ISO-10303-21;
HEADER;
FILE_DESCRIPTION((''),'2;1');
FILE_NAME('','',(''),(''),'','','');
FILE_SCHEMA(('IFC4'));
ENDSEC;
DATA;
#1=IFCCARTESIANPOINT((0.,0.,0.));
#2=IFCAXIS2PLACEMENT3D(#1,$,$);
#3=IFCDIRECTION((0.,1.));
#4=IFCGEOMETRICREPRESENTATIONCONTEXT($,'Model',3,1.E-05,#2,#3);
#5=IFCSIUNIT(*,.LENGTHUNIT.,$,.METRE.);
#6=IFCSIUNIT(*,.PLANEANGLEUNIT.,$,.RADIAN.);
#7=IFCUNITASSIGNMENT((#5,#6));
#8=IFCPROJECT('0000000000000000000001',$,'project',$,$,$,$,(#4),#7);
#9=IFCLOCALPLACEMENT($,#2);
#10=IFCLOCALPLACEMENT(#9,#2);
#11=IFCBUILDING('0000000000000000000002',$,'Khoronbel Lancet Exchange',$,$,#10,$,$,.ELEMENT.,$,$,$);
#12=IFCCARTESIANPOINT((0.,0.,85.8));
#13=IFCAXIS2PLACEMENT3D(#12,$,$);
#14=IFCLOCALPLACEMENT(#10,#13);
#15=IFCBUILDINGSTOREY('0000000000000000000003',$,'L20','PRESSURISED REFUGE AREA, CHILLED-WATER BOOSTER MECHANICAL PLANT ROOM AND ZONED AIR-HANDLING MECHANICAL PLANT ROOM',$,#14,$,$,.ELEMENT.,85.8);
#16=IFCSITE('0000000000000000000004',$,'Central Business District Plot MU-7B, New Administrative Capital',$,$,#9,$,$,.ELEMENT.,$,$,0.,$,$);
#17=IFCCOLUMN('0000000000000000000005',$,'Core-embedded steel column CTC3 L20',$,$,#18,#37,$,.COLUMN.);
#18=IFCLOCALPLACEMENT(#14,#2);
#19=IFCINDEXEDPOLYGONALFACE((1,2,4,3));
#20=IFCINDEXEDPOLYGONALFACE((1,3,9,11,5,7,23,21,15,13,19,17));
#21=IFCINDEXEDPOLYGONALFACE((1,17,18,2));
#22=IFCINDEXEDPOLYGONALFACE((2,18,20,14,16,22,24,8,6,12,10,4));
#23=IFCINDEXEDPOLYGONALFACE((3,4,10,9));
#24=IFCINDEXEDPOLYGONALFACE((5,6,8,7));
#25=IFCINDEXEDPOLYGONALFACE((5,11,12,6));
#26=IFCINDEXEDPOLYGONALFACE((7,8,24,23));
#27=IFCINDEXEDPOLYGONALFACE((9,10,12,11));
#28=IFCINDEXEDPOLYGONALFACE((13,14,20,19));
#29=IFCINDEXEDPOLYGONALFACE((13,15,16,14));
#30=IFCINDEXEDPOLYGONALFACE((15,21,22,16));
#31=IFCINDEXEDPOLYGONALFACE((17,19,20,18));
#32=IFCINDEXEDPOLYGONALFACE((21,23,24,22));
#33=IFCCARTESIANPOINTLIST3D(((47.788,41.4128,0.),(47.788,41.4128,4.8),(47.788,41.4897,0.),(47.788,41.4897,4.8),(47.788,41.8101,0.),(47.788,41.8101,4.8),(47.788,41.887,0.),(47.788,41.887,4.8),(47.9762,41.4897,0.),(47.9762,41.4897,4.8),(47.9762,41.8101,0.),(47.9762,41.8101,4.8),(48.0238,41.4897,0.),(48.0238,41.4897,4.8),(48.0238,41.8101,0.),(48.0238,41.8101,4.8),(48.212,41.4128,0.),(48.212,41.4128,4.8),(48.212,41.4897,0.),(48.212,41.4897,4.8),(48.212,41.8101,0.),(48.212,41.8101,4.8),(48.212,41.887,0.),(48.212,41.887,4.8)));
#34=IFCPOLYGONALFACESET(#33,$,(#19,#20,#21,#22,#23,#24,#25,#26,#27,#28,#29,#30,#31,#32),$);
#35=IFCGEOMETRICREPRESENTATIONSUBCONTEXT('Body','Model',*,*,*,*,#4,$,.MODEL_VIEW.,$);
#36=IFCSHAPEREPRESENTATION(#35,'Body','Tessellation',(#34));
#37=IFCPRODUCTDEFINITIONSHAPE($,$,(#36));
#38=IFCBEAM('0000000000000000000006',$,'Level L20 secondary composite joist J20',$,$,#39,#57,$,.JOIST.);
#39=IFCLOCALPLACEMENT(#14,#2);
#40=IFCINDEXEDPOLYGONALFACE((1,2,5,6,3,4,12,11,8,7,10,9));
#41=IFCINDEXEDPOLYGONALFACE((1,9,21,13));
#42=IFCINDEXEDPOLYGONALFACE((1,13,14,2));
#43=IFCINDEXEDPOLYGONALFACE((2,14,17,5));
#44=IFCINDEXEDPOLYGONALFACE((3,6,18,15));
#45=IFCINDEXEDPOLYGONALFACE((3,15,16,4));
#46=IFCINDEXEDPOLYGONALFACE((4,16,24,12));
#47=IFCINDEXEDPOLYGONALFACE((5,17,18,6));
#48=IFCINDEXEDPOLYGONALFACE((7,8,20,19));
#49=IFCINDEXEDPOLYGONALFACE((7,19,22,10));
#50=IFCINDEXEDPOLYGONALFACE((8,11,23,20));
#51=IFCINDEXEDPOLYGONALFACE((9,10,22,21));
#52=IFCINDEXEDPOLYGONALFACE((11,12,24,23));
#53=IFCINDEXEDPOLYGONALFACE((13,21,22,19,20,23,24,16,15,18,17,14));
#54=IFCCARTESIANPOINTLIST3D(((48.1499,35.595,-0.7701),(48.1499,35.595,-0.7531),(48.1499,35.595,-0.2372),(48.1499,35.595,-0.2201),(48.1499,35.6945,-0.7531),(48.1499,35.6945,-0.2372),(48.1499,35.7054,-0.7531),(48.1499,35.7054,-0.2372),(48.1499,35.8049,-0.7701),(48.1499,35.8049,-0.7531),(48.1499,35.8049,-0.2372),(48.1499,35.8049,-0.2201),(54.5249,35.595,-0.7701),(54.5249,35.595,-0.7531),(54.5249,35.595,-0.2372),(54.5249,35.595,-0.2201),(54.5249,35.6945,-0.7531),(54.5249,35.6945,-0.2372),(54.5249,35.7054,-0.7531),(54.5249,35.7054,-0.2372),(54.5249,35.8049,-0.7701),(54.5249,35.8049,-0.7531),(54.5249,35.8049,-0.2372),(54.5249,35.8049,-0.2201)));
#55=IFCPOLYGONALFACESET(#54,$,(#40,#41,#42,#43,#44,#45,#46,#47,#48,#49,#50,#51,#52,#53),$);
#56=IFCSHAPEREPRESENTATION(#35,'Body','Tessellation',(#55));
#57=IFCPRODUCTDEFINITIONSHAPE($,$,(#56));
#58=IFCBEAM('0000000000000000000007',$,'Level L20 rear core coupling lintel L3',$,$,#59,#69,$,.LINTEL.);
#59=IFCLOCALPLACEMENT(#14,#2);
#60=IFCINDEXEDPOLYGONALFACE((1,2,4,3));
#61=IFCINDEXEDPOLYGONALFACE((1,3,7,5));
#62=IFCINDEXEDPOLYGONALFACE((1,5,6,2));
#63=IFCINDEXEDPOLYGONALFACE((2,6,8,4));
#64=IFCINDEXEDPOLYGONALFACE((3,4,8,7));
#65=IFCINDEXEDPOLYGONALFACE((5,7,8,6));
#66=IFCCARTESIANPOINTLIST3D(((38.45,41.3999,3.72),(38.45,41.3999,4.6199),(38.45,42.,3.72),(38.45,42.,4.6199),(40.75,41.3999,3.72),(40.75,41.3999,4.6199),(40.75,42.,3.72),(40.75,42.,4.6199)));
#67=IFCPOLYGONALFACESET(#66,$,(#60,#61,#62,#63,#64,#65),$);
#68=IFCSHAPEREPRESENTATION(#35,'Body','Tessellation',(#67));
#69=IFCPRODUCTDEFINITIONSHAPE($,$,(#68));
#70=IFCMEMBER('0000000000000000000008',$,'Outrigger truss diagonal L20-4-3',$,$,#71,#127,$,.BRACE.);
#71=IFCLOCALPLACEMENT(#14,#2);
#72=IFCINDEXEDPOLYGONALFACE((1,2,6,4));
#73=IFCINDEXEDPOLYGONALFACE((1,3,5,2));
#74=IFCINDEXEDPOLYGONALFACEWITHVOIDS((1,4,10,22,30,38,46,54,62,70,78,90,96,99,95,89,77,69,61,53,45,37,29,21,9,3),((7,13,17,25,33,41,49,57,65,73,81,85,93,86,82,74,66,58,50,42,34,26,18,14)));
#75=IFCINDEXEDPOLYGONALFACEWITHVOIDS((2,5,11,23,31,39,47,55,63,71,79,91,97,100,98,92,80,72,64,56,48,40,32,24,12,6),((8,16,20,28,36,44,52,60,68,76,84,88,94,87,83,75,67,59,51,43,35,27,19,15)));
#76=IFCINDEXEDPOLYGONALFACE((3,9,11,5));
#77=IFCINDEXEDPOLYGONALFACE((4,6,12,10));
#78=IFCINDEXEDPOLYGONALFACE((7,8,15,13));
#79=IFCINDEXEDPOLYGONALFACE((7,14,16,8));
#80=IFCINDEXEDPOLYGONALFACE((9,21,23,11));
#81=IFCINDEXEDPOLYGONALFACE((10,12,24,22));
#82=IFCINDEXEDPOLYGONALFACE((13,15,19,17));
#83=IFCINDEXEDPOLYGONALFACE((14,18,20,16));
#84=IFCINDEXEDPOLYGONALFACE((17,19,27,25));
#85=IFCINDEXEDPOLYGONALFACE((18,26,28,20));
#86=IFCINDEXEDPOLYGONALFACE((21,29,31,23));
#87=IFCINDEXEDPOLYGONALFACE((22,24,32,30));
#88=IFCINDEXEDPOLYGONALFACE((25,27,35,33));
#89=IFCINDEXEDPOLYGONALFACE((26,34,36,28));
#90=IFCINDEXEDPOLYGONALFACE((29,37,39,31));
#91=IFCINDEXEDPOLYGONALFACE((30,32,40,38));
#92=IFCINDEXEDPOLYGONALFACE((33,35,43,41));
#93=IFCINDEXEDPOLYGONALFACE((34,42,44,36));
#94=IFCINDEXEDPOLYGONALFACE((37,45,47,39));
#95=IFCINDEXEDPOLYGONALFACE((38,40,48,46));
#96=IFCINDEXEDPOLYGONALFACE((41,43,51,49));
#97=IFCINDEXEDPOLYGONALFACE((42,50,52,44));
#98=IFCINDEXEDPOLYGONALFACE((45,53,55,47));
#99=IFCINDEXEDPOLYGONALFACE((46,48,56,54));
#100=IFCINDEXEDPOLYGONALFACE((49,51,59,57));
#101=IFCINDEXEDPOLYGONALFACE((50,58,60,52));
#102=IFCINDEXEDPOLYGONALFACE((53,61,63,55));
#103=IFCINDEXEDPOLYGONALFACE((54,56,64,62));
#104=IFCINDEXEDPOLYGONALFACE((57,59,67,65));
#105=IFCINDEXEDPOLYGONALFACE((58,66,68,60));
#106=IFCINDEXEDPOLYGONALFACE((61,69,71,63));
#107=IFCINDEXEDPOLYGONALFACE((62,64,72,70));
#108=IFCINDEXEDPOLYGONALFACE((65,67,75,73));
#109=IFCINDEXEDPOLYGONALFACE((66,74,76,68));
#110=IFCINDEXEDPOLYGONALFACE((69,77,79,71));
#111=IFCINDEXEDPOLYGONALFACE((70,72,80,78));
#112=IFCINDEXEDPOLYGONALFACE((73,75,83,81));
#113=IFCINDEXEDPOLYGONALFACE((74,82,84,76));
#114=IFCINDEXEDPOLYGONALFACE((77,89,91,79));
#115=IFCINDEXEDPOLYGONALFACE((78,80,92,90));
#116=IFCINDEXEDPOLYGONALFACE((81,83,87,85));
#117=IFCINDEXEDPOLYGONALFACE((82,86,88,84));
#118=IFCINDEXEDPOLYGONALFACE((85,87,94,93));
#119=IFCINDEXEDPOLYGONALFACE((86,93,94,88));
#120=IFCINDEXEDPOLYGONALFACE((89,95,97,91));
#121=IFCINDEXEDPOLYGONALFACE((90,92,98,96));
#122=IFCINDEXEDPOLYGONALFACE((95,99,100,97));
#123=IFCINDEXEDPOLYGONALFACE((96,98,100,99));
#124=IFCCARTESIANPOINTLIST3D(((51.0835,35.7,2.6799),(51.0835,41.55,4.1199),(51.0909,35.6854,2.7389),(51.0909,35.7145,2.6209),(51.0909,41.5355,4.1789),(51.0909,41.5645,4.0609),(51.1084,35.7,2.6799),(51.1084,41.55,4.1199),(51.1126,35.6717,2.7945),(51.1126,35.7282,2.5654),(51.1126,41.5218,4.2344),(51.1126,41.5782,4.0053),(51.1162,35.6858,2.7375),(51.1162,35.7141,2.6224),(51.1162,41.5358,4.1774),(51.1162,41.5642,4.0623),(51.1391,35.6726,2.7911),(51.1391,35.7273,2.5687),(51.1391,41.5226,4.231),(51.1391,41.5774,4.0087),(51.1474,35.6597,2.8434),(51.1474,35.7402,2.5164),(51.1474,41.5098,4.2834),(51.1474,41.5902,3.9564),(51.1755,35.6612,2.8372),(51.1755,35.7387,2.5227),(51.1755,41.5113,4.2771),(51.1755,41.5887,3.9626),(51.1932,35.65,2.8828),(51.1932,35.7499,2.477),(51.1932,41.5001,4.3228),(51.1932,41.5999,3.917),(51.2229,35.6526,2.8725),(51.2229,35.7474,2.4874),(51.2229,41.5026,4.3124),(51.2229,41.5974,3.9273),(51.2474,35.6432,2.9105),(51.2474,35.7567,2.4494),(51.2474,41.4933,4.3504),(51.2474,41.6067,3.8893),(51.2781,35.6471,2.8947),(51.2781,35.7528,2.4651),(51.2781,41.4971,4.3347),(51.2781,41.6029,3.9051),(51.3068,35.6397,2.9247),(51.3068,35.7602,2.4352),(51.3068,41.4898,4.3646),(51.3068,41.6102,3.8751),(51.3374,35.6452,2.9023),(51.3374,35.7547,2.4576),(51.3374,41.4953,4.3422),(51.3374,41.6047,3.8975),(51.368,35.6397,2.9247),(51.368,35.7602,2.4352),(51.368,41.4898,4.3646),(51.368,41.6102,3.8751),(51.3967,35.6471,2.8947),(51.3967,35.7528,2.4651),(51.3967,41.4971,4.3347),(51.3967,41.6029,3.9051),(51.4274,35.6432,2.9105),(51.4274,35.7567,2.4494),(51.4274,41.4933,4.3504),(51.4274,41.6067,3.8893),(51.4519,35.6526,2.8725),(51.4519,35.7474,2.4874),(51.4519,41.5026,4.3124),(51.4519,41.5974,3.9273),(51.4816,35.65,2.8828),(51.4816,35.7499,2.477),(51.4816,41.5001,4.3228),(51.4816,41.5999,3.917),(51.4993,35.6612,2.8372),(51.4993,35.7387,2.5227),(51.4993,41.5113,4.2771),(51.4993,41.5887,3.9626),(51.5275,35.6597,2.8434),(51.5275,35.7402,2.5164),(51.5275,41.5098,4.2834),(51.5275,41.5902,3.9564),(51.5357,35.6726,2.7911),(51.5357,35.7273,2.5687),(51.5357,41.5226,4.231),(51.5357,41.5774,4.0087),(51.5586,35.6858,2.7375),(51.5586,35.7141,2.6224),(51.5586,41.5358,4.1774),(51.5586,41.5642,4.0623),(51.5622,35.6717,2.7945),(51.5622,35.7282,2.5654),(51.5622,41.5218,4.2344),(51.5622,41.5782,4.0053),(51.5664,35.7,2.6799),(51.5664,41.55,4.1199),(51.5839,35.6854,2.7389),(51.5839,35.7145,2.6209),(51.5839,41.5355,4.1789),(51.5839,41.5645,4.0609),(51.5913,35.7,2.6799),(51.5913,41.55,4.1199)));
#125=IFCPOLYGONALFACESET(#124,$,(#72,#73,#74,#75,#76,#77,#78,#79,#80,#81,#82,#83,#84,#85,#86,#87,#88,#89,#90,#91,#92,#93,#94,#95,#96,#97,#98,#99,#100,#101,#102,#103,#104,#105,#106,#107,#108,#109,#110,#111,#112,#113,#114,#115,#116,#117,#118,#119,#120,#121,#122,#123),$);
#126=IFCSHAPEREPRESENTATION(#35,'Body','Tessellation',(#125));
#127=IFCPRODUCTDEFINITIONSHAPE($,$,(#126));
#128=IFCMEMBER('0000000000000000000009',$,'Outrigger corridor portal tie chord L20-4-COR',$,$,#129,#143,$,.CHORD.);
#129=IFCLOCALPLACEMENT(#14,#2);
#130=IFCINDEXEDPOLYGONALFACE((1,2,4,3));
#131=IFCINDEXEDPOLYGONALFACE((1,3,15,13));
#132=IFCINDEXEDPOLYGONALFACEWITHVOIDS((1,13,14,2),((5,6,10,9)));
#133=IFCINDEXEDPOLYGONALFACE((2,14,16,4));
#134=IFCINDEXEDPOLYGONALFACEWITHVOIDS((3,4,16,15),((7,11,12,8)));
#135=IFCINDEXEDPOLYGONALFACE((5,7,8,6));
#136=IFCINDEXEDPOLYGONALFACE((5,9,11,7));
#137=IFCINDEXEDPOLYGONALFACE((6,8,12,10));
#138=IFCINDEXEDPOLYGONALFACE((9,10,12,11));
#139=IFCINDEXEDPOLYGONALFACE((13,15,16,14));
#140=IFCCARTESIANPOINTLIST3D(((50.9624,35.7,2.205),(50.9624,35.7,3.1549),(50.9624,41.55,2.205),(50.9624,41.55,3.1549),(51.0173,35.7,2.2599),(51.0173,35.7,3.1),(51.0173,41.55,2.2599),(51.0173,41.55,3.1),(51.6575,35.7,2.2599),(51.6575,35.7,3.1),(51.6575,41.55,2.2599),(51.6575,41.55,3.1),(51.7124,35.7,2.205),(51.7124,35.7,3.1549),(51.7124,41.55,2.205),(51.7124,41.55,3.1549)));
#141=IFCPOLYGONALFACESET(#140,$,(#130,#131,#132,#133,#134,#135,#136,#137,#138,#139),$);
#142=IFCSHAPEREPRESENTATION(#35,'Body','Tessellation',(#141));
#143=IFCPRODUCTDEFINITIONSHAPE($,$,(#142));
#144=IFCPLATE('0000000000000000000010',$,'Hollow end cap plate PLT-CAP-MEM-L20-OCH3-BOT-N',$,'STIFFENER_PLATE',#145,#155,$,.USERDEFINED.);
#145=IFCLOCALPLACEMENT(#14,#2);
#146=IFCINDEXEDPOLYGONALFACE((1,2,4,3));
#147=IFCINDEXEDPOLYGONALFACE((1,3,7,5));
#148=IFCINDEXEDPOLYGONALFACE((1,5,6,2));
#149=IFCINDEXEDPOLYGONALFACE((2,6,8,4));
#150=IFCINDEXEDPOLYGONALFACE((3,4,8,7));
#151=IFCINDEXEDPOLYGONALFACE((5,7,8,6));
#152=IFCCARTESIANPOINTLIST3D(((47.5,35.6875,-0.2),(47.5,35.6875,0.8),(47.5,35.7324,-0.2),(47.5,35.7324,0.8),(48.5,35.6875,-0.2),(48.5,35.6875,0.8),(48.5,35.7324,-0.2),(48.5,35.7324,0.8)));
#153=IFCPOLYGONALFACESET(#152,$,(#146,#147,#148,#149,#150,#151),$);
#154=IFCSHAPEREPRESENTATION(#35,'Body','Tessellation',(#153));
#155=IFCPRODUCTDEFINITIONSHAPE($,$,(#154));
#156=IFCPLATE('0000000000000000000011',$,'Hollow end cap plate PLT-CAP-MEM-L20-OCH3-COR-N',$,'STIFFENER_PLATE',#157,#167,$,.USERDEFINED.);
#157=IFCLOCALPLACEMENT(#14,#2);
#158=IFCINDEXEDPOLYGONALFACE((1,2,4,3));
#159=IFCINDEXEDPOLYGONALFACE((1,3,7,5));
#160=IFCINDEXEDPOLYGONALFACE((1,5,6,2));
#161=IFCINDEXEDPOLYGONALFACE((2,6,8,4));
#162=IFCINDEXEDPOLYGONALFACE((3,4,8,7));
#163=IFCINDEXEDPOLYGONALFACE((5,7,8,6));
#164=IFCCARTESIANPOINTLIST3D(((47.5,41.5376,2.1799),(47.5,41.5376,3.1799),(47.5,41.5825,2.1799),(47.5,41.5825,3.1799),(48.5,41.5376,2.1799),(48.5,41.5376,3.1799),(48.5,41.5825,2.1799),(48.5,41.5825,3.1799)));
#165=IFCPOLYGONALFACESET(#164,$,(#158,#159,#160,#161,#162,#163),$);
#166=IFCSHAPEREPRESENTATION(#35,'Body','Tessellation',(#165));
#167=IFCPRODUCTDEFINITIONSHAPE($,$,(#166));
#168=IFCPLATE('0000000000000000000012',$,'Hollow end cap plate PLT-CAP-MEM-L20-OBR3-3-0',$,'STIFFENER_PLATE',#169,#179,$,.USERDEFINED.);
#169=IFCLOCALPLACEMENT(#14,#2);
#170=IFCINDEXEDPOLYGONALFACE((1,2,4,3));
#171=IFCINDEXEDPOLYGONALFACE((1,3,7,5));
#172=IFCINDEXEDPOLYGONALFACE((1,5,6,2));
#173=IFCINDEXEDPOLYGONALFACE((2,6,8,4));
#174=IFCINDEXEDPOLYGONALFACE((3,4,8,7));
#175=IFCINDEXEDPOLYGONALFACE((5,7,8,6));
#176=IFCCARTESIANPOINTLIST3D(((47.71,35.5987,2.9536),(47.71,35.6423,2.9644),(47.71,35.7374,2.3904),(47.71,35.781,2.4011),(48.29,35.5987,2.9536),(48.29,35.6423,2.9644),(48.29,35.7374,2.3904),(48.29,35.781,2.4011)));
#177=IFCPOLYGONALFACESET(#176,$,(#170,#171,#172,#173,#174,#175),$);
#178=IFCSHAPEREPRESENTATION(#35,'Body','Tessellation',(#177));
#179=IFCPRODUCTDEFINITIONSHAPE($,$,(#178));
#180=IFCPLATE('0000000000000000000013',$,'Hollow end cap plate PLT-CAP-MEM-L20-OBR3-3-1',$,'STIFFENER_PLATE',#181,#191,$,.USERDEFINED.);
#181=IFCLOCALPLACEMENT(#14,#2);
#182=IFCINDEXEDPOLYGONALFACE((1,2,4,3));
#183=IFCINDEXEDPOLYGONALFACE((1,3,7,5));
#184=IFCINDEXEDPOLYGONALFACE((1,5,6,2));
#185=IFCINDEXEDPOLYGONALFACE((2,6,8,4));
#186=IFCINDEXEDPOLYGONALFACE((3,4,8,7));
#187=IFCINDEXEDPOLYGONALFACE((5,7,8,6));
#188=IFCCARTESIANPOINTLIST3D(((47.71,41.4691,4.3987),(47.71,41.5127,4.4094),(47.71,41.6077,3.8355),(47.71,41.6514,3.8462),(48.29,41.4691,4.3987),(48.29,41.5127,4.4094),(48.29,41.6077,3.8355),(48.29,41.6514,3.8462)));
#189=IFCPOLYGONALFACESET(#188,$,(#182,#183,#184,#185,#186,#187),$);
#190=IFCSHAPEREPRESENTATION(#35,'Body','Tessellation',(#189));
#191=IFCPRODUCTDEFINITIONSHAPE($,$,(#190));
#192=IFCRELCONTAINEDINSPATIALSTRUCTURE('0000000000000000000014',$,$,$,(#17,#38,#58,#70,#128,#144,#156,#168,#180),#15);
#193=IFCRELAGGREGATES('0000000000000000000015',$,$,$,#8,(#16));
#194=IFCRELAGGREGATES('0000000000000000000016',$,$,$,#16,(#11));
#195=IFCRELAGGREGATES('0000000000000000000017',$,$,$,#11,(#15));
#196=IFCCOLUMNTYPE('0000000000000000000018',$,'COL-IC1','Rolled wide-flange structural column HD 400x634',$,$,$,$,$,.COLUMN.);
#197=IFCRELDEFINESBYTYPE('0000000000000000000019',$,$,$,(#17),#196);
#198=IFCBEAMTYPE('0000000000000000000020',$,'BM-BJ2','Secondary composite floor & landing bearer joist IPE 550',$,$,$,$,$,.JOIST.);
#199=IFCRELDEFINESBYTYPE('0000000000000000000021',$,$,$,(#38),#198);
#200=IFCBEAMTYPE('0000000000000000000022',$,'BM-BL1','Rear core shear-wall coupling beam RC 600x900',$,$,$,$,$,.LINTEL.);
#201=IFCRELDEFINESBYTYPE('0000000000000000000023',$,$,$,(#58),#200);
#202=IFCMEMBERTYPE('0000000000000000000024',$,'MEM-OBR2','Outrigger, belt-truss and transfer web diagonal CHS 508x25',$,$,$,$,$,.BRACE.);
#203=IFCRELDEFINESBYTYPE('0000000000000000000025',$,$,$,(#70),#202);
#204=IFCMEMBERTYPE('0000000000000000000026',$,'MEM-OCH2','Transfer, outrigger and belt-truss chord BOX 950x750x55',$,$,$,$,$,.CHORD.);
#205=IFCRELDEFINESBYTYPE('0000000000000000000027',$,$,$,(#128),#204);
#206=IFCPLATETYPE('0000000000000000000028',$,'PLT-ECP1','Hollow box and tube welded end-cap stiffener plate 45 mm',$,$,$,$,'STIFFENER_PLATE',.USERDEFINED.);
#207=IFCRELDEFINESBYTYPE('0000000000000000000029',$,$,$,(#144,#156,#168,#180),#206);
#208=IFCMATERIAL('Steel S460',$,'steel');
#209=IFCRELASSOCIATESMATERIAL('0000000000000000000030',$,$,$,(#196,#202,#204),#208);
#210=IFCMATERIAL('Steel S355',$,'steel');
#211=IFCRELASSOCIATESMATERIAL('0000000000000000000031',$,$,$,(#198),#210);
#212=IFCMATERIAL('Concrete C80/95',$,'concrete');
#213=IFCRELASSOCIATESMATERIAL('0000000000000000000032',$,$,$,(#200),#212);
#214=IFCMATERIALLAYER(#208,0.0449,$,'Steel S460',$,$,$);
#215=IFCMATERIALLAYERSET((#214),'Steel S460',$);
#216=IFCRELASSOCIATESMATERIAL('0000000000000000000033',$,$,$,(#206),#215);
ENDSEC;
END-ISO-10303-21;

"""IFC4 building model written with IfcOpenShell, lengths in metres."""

from ifc_helpers import new_model, si_unit, direction, frame, origin, origin_2d, place, context, subcontext, project, spatial, polyline, rectangle, hollow_rectangle, hollow_circle, i_section, outline, extrude, material, layer, layer_set, material_profile, profile_set, type_object, element, save


model = new_model("IFC4")

# Units and contexts
model_context = context("Model", 3, precision=1e-05, world=origin(), true_north=direction((0.0, 1.0)))
body_context = subcontext(model_context, "Body", "Model", "MODEL_VIEW")
ifc_project = project(units=[si_unit("LENGTHUNIT", "METRE"), si_unit("PLANEANGLEUNIT", "RADIAN")], contexts=[model_context])

# Site, building, storey
site_placement = place(None, origin())
site = spatial("IfcSite", under=ifc_project, at=site_placement, Name="Central Business District Plot MU-7B, New Administrative Capital", CompositionType="ELEMENT", RefElevation=0.0)
building_placement = place(site_placement, origin())
building = spatial("IfcBuilding", under=site, at=building_placement, Name="Khoronbel Lancet Exchange", CompositionType="ELEMENT")
storey_placement = place(building_placement, frame((0.0, 0.0, 85.8)))
storey = spatial("IfcBuildingStorey", under=building, at=storey_placement, Name="L20", Description="PRESSURISED REFUGE AREA, CHILLED-WATER BOOSTER MECHANICAL PLANT ROOM AND ZONED AIR-HANDLING MECHANICAL PLANT ROOM", CompositionType="ELEMENT", Elevation=85.8)

# Column
ifc_material_1 = material(Name="Steel S460", Category="steel")
ifc_material_profile_1 = material_profile(ifc_material_1, i_section(OverallWidth=0.4241, OverallDepth=0.4741, WebThickness=0.0476, FlangeThickness=0.0769, at=origin_2d()), Name="HD 400x634")
ifc_profile_set_1 = profile_set([ifc_material_profile_1], Name="Steel S460")
column_type = type_object("IfcColumnType", Name="COL-IC1", Description="Rolled wide-flange structural column HD 400x634", PredefinedType="COLUMN", material=ifc_profile_set_1)
column_placement = place(storey_placement, frame((48.0, 41.6499, 0.0), z_axis=(0.0, 0.0, 1.0), x_axis=(1.0, 0.0, 0.0)))
element("IfcColumn", 1, at=column_placement, inside=storey, type_object=column_type, Name="Core-embedded steel column CTC3 L20", PredefinedType="COLUMN", context=body_context, shape_type="SweptSolid", body=[
    extrude(i_section(OverallWidth=0.4241, OverallDepth=0.4741, WebThickness=0.0476, FlangeThickness=0.0769, at=origin_2d()), origin(), (0.0, 0.0, 1.0), 4.8),
])

# Beams
ifc_material_2 = material(Name="Steel S355", Category="steel")
ifc_material_profile_2 = material_profile(ifc_material_2, i_section(OverallWidth=0.21, OverallDepth=0.55, WebThickness=0.011, FlangeThickness=0.0171, at=origin_2d()), Name="IPE 550")
ifc_profile_set_2 = profile_set([ifc_material_profile_2], Name="Steel S355")
beam_type_1 = type_object("IfcBeamType", Name="BM-BJ2", Description="Secondary composite floor & landing bearer joist IPE 550", PredefinedType="JOIST", material=ifc_profile_set_2)
beam_1_placement = place(storey_placement, frame((48.1499, 35.7, -0.4951), z_axis=(1.0, 0.0, 0.0), x_axis=(0.0, 1.0, 0.0)))
element("IfcBeam", 2, at=beam_1_placement, inside=storey, type_object=beam_type_1, Name="Level L20 secondary composite joist J20", PredefinedType="JOIST", context=body_context, shape_type="SweptSolid", body=[
    extrude(i_section(OverallWidth=0.21, OverallDepth=0.55, WebThickness=0.011, FlangeThickness=0.0171, at=origin_2d()), origin(), (0.0, 0.0, 1.0), 6.375),
])
ifc_material_3 = material(Name="Concrete C80/95", Category="concrete")
ifc_material_profile_3 = material_profile(ifc_material_3, rectangle(XDim=0.6001, YDim=0.8999, at=origin_2d()), Name="RC 600x900")
ifc_profile_set_3 = profile_set([ifc_material_profile_3], Name="Concrete C80/95")
beam_type_2 = type_object("IfcBeamType", Name="BM-BL1", Description="Rear core shear-wall coupling beam RC 600x900", PredefinedType="LINTEL", material=ifc_profile_set_3)
beam_2_placement = place(storey_placement, frame((38.45, 41.7, 4.1699), z_axis=(1.0, 0.0, 0.0), x_axis=(0.0, 1.0, 0.0)))
element("IfcBeam", 3, at=beam_2_placement, inside=storey, type_object=beam_type_2, Name="Level L20 rear core coupling lintel L3", PredefinedType="LINTEL", context=body_context, shape_type="SweptSolid", body=[
    extrude(rectangle(XDim=0.6001, YDim=0.8999, at=origin_2d()), origin(), (0.0, 0.0, 1.0), 2.3),
])

# Members
ifc_material_profile_4 = material_profile(ifc_material_1, hollow_circle(Radius=0.2539, WallThickness=0.0249, at=origin_2d()), Name="CHS 508x25")
ifc_profile_set_4 = profile_set([ifc_material_profile_4], Name="Steel S460")
member_type_1 = type_object("IfcMemberType", Name="MEM-OBR2", Description="Outrigger, belt-truss and transfer web diagonal CHS 508x25", PredefinedType="BRACE", material=ifc_profile_set_4)
member_1_placement = place(storey_placement, frame((51.3374, 35.7, 2.6799), z_axis=(0.0, 0.971018, 0.239006), x_axis=(-1.0, 0.0, 0.0)))
element("IfcMember", 4, at=member_1_placement, inside=storey, type_object=member_type_1, Name="Outrigger truss diagonal L20-4-3", PredefinedType="BRACE", context=body_context, shape_type="SweptSolid", body=[
    extrude(hollow_circle(Radius=0.2539, WallThickness=0.0249, at=origin_2d()), origin(), (0.0, 0.0, 1.0), 6.0247),
])
ifc_material_profile_5 = material_profile(ifc_material_1, hollow_rectangle(XDim=0.75, YDim=0.95, WallThickness=0.0549, at=origin_2d()), Name="BOX 950x750x55")
ifc_profile_set_5 = profile_set([ifc_material_profile_5], Name="Steel S460")
member_type_2 = type_object("IfcMemberType", Name="MEM-OCH2", Description="Transfer, outrigger and belt-truss chord BOX 950x750x55", PredefinedType="CHORD", material=ifc_profile_set_5)
member_2_placement = place(storey_placement, frame((51.3374, 35.7, 2.6799), z_axis=(0.0, 1.0, 0.0), x_axis=(-1.0, 0.0, 0.0)))
element("IfcMember", 5, at=member_2_placement, inside=storey, type_object=member_type_2, Name="Outrigger corridor portal tie chord L20-4-COR", PredefinedType="CHORD", context=body_context, shape_type="SweptSolid", body=[
    extrude(hollow_rectangle(XDim=0.75, YDim=0.95, WallThickness=0.0549, at=origin_2d()), origin(), (0.0, 0.0, 1.0), 5.8501),
])

# Plates
ifc_layer_1 = layer(ifc_material_1, 0.0449, Name="Steel S460")
ifc_layer_set_1 = layer_set([ifc_layer_1], Name="Steel S460")
plate_type_1 = type_object("IfcPlateType", Name="PLT-ECP1", Description="Hollow box and tube welded end-cap stiffener plate 45 mm", ElementType="STIFFENER_PLATE", PredefinedType="USERDEFINED", material=ifc_layer_set_1)
for number, where, z_axis, x_axis, name in (
    (6, (48.0, 35.71, -0.2), (0.0, 0.0, 1.0), (0.0, 1.0, 0.0), "Hollow end cap plate PLT-CAP-MEM-L20-OCH3-BOT-N"),
    (7, (48.0, 41.5601, 2.1799), (0.0, 0.0, 1.0), (0.0, 1.0, 0.0), "Hollow end cap plate PLT-CAP-MEM-L20-OCH3-COR-N"),
):
    element("IfcPlate", number, at=place(storey_placement, frame(where, z_axis=z_axis, x_axis=x_axis)), inside=storey, type_object=plate_type_1, Name=name, ObjectType="STIFFENER_PLATE", PredefinedType="USERDEFINED", context=body_context, shape_type="SweptSolid", body=[
        extrude(rectangle(XDim=0.0449, YDim=1.0, at=origin_2d()), origin(), (0.0, 0.0, 1.0), 1.0),
    ])
for number, where, z_axis, x_axis, name in (
    (8, (48.29, 35.781, 2.4011), (0.0, 0.971003, 0.239068), (-1.0, 0.0, 0.0), "Hollow end cap plate PLT-CAP-MEM-L20-OBR3-3-0"),
    (9, (48.29, 41.6514, 3.8462), (0.0, 0.971003, 0.239068), (-1.0, 0.0, 0.0), "Hollow end cap plate PLT-CAP-MEM-L20-OBR3-3-1"),
):
    element("IfcPlate", number, at=place(storey_placement, frame(where, z_axis=z_axis, x_axis=x_axis)), inside=storey, type_object=plate_type_1, Name=name, ObjectType="STIFFENER_PLATE", PredefinedType="USERDEFINED", context=body_context, shape_type="SweptSolid", body=[
        extrude(outline(polyline([(0.0, 0.0), (0.5801, 0.0), (0.5801, 0.5801), (0.0, 0.5801), (0.0, 0.0)])), origin(), (0.0, 0.0, -1.0), 0.0449),
    ])

save(model, "model.ifc")
